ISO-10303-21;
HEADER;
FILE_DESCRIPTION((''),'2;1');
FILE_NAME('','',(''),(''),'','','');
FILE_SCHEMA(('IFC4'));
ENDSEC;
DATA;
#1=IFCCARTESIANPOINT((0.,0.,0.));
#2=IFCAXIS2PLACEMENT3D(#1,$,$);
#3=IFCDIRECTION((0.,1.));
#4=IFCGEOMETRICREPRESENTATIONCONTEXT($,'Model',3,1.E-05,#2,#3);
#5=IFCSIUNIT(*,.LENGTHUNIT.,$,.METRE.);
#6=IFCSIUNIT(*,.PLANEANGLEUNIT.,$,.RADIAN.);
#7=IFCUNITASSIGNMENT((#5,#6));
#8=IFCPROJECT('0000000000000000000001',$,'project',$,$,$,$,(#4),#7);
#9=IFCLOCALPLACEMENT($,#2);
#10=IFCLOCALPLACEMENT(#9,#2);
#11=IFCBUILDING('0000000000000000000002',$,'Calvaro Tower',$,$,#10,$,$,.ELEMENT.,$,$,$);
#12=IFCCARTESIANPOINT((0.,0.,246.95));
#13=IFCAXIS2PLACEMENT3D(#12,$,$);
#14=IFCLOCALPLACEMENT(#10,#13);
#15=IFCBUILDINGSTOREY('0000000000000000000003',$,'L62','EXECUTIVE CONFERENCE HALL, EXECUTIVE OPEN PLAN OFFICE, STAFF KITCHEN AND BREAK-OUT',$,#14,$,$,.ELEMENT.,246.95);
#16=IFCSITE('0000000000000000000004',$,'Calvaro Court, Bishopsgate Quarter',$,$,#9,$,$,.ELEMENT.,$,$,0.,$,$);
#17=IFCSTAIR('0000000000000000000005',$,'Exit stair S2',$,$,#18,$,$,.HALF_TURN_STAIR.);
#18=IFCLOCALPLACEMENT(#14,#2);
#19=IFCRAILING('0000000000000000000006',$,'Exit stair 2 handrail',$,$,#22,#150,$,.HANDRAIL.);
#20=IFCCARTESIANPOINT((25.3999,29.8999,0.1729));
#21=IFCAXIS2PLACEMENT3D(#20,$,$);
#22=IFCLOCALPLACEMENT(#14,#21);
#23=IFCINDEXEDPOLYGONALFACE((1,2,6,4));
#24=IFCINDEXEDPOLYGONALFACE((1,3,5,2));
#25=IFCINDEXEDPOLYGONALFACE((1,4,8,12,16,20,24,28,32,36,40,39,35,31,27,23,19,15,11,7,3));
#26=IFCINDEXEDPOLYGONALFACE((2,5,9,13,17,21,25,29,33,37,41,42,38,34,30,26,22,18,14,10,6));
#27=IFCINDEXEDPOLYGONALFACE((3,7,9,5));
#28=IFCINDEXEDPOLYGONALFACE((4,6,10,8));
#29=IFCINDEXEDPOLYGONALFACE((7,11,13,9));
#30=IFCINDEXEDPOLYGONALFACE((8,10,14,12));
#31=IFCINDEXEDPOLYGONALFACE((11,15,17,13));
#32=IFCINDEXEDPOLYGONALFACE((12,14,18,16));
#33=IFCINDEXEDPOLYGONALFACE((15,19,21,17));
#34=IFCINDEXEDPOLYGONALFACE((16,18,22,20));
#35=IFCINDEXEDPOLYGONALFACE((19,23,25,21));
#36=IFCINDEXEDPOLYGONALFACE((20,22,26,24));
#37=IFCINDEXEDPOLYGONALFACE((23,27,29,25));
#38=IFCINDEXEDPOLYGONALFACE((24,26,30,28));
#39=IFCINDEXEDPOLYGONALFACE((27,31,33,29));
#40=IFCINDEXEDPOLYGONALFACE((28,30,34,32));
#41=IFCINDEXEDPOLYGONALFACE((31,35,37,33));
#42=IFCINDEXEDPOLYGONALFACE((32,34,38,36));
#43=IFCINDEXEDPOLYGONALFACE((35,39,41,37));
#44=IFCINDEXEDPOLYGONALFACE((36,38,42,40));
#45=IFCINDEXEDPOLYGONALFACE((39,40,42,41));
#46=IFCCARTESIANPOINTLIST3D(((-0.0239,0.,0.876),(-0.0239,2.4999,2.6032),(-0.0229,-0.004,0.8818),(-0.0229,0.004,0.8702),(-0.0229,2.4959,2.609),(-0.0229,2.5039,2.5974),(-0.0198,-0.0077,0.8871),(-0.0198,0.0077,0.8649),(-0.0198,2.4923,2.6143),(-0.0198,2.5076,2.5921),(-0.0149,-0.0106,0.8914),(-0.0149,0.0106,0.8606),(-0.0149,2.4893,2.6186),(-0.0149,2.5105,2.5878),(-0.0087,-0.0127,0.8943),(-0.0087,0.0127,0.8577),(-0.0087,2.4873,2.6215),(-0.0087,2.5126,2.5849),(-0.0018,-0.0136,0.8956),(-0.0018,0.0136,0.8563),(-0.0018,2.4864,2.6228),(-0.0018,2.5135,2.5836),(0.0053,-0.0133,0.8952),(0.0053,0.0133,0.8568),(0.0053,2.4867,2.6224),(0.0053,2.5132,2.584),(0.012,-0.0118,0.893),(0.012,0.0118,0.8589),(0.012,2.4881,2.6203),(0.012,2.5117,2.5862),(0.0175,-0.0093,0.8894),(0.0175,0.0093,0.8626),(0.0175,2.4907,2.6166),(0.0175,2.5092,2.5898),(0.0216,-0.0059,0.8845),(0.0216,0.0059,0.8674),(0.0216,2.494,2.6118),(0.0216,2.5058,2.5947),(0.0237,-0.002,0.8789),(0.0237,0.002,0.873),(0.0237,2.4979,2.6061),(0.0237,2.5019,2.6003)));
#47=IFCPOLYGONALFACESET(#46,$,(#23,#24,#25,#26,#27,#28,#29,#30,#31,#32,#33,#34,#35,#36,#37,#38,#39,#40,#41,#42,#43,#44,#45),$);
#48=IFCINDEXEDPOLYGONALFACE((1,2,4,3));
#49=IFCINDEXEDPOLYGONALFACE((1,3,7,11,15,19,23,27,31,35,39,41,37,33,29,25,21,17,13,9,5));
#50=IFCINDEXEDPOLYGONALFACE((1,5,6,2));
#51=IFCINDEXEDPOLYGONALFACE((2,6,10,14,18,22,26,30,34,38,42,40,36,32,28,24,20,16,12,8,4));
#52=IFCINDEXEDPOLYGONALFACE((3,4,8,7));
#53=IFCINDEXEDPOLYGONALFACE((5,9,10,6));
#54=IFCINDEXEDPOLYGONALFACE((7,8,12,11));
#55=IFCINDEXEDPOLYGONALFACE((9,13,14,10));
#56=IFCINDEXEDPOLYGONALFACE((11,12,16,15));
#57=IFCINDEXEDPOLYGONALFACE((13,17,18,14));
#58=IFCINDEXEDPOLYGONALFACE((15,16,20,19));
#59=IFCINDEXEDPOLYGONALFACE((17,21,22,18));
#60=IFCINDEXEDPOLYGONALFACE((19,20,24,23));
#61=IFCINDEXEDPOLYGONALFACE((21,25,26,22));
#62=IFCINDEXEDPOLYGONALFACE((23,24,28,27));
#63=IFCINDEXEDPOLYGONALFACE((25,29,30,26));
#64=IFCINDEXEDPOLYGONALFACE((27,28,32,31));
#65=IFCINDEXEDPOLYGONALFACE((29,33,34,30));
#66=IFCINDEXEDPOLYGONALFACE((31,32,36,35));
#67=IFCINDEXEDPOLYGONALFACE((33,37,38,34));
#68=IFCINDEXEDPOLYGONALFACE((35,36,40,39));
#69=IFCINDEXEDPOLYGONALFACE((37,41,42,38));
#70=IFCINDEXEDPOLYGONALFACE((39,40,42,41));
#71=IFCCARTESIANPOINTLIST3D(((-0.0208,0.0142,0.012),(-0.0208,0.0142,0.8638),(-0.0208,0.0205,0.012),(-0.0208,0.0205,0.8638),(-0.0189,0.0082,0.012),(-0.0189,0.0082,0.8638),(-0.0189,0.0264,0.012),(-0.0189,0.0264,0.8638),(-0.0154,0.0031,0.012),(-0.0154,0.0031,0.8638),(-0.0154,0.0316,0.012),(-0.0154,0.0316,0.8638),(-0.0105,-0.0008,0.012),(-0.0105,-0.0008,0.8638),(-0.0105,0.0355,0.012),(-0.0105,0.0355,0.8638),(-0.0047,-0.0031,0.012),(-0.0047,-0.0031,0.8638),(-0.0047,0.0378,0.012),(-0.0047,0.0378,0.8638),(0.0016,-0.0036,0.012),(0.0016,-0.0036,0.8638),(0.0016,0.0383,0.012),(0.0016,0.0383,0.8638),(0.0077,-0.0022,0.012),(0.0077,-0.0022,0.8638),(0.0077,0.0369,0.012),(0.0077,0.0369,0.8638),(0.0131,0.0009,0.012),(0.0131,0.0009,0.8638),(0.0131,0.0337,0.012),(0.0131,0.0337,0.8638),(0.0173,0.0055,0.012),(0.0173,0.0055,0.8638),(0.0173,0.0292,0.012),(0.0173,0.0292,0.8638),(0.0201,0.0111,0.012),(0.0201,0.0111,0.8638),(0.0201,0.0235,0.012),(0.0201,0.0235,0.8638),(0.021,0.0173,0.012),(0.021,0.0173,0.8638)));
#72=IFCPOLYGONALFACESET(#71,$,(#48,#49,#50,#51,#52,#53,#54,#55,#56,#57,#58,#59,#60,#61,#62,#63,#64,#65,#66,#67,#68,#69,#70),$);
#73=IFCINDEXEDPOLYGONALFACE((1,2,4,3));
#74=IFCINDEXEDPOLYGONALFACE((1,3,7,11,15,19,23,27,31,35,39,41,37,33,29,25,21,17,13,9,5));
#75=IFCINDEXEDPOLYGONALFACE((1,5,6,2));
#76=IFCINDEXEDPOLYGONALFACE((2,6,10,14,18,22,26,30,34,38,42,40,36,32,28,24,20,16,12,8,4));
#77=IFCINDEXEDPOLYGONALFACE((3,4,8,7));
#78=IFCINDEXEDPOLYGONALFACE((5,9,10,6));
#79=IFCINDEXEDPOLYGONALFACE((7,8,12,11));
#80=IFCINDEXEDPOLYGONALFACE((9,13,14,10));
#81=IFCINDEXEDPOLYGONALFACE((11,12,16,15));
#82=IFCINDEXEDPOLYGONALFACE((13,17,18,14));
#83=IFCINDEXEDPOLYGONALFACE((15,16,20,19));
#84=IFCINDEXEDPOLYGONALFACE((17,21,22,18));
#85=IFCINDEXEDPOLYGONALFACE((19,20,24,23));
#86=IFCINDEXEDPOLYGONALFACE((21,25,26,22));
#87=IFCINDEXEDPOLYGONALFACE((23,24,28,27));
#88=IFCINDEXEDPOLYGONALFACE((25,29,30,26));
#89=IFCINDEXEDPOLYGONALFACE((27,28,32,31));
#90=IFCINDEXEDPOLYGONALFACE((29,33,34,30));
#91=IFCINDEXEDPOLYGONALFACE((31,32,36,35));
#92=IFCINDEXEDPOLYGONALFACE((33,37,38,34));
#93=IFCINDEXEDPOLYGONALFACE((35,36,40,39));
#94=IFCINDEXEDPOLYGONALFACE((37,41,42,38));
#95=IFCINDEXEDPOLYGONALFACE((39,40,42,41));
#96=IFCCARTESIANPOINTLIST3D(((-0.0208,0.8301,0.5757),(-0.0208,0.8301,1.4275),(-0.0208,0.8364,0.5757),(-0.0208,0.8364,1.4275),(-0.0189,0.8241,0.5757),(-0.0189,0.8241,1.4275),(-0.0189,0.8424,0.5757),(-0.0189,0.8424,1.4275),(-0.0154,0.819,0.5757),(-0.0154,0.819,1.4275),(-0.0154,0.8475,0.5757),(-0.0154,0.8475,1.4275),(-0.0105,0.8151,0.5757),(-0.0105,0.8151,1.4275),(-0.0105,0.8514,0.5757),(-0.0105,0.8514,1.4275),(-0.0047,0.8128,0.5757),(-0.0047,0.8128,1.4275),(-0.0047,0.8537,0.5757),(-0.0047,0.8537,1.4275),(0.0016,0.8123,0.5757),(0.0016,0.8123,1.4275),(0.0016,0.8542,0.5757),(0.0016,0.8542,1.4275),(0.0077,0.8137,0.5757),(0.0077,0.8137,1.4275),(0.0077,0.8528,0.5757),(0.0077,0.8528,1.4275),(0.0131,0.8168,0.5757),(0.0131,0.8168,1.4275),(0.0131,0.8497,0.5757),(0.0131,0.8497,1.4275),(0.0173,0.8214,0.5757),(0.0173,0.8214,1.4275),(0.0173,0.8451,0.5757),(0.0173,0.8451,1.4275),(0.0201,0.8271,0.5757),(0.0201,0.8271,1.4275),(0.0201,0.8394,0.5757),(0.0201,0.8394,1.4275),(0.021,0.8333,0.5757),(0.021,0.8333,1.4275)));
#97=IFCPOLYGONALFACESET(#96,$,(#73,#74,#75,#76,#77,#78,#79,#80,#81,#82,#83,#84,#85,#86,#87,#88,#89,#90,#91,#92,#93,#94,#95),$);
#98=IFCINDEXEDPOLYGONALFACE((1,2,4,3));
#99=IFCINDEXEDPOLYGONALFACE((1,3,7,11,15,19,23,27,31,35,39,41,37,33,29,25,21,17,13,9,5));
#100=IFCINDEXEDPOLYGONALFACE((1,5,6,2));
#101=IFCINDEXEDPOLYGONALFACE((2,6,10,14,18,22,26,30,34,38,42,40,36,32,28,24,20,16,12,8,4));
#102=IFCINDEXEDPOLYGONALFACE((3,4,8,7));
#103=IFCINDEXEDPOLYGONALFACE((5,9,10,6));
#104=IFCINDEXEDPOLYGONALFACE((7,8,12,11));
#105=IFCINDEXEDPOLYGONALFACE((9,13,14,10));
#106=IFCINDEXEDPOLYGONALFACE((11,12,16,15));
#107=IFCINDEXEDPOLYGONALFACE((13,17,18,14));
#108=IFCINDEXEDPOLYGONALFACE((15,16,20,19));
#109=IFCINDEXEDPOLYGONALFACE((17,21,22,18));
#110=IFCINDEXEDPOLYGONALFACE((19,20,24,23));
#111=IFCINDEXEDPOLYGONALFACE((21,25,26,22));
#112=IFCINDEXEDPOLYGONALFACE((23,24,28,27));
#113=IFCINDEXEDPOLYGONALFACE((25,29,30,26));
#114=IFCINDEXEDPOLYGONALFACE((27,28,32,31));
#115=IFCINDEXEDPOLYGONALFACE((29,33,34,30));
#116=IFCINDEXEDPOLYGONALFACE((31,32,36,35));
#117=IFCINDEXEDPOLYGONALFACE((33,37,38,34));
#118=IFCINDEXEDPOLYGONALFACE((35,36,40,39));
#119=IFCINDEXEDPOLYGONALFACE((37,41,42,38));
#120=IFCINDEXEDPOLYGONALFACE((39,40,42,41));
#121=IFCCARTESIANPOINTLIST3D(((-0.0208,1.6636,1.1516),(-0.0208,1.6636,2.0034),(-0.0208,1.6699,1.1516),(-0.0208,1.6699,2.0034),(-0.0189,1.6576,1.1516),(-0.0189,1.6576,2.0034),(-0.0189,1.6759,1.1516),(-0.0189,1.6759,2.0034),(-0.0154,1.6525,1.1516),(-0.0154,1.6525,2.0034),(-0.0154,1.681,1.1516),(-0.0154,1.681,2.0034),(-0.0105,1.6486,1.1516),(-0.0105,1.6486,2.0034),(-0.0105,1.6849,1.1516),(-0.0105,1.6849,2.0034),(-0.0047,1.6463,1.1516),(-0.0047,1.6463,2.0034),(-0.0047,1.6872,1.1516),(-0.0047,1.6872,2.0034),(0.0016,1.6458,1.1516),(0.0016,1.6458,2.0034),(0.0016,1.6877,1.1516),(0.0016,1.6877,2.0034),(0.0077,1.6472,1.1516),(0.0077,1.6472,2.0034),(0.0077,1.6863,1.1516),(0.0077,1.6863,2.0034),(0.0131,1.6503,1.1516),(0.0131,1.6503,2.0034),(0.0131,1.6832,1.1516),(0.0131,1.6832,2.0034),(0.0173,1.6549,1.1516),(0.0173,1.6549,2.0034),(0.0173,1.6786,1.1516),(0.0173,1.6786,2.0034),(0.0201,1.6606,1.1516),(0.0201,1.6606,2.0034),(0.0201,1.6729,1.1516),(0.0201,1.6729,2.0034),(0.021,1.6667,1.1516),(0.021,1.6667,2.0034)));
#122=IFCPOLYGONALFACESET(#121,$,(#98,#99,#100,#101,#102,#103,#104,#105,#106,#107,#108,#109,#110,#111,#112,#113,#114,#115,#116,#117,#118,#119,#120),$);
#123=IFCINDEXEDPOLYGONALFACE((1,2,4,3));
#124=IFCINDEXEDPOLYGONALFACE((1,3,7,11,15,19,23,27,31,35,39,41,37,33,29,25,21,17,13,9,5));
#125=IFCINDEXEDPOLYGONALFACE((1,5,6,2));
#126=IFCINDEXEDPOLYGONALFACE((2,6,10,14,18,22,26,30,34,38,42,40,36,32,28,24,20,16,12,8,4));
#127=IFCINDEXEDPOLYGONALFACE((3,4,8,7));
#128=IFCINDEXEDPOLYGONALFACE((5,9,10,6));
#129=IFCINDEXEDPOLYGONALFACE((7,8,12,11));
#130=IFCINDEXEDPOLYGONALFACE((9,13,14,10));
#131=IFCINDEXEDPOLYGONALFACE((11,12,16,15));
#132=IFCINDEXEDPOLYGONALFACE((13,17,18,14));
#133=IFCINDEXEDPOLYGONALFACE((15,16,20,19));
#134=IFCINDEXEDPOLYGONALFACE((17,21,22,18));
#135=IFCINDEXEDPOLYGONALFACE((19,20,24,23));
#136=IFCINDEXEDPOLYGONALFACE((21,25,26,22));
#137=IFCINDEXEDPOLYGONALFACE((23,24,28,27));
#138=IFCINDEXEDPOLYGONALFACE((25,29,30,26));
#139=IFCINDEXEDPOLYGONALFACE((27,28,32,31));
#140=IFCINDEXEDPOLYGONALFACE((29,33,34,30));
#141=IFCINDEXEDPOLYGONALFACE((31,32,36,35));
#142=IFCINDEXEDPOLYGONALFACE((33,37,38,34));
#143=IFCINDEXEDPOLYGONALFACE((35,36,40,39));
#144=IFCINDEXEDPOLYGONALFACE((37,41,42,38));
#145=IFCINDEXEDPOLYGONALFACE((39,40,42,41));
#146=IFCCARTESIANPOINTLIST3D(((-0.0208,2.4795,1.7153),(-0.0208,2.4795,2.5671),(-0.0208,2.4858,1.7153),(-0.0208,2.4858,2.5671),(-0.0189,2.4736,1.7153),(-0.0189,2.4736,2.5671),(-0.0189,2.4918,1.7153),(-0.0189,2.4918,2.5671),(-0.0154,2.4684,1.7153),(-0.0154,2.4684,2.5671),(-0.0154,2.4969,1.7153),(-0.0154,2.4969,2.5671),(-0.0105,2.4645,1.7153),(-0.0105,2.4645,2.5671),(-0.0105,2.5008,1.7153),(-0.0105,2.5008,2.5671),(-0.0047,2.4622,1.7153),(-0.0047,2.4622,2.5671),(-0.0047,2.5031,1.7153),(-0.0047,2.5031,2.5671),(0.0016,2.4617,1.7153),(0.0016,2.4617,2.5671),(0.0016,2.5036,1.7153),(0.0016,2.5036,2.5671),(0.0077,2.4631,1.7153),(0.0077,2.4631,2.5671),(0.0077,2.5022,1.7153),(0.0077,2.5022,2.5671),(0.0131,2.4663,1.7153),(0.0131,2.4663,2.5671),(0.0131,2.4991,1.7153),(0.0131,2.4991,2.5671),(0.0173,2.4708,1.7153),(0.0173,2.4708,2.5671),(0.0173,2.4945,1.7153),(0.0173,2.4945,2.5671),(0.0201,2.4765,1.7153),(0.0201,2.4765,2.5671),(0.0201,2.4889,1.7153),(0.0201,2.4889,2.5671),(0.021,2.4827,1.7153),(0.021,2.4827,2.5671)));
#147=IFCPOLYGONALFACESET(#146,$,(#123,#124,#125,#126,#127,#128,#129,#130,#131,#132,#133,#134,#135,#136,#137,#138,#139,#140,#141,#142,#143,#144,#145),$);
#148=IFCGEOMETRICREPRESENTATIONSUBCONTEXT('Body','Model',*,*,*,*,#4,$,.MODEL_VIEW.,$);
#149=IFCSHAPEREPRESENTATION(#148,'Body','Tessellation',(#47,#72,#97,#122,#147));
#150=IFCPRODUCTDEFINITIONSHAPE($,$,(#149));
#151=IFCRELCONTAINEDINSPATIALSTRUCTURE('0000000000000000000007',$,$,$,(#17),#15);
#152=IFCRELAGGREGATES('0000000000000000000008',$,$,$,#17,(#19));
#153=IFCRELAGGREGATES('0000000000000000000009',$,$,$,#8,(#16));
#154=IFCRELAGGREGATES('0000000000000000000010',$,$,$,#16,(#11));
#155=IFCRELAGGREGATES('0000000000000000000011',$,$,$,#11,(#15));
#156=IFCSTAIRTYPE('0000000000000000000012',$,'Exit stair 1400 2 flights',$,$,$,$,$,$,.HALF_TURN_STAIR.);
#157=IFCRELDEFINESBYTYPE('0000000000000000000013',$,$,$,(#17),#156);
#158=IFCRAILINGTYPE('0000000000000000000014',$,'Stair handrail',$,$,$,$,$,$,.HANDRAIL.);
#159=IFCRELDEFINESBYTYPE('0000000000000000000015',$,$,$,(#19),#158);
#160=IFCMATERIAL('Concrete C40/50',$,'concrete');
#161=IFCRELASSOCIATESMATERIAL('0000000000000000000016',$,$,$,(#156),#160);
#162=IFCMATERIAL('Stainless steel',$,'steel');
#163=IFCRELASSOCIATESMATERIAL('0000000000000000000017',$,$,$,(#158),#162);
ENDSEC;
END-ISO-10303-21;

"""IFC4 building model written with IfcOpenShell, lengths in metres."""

from ifc_helpers import new_model, si_unit, direction, frame, origin, origin_2d, place, context, subcontext, project, spatial, circle, extrude, material, type_object, element, aggregate, save


model = new_model("IFC4")

# Units and contexts
model_context = context("Model", 3, precision=1e-05, world=origin(), true_north=direction((0.0, 1.0)))
body_context = subcontext(model_context, "Body", "Model", "MODEL_VIEW")
ifc_project = project(units=[si_unit("LENGTHUNIT", "METRE"), si_unit("PLANEANGLEUNIT", "RADIAN")], contexts=[model_context])

# Site, building, storey
site_placement = place(None, origin())
site = spatial("IfcSite", under=ifc_project, at=site_placement, Name="Calvaro Court, Bishopsgate Quarter", CompositionType="ELEMENT", RefElevation=0.0)
building_placement = place(site_placement, origin())
building = spatial("IfcBuilding", under=site, at=building_placement, Name="Calvaro Tower", CompositionType="ELEMENT")
storey_placement = place(building_placement, frame((0.0, 0.0, 246.95)))
storey = spatial("IfcBuildingStorey", under=building, at=storey_placement, Name="L62", Description="EXECUTIVE CONFERENCE HALL, EXECUTIVE OPEN PLAN OFFICE, STAFF KITCHEN AND BREAK-OUT", CompositionType="ELEMENT", Elevation=246.95)

# Stair, railing
ifc_material_1 = material(Name="Concrete C40/50", Category="concrete")
stair_type = type_object("IfcStairType", Name="Exit stair 1400 2 flights", PredefinedType="HALF_TURN_STAIR", material=ifc_material_1)
stair_placement = place(storey_placement, origin())
stair = element("IfcStair", 1, at=stair_placement, inside=storey, type_object=stair_type, Name="Exit stair S2", PredefinedType="HALF_TURN_STAIR")
ifc_material_2 = material(Name="Stainless steel", Category="steel")
railing_type = type_object("IfcRailingType", Name="Stair handrail", PredefinedType="HANDRAIL", material=ifc_material_2)
railing_1_placement = place(storey_placement, frame((25.3999, 29.8999, 0.1729)))
railing_1 = element("IfcRailing", 2, at=railing_1_placement, type_object=railing_type, Name="Exit stair 2 handrail", PredefinedType="HANDRAIL", context=body_context, shape_type="SweptSolid", body=[
    extrude(circle(Radius=0.0239, at=origin_2d()), frame((0.0, 0.0, 0.876), z_axis=(0.0, 0.822727, 0.568437), x_axis=(-1.0, 0.0, 0.0)), (0.0, 0.0, 1.0), 3.0386),
    extrude(circle(Radius=0.021, at=origin_2d()), frame((0.0, 0.0173, 0.012)), (0.0, 0.0, 1.0), 0.8518),
    extrude(circle(Radius=0.021, at=origin_2d()), frame((0.0, 0.8333, 0.5757)), (0.0, 0.0, 1.0), 0.8518),
    extrude(circle(Radius=0.021, at=origin_2d()), frame((0.0, 1.6667, 1.1516)), (0.0, 0.0, 1.0), 0.8518),
    extrude(circle(Radius=0.021, at=origin_2d()), frame((0.0, 2.4827, 1.7153)), (0.0, 0.0, 1.0), 0.8518),
])
aggregate(stair, [railing_1])

save(model, "model.ifc")
